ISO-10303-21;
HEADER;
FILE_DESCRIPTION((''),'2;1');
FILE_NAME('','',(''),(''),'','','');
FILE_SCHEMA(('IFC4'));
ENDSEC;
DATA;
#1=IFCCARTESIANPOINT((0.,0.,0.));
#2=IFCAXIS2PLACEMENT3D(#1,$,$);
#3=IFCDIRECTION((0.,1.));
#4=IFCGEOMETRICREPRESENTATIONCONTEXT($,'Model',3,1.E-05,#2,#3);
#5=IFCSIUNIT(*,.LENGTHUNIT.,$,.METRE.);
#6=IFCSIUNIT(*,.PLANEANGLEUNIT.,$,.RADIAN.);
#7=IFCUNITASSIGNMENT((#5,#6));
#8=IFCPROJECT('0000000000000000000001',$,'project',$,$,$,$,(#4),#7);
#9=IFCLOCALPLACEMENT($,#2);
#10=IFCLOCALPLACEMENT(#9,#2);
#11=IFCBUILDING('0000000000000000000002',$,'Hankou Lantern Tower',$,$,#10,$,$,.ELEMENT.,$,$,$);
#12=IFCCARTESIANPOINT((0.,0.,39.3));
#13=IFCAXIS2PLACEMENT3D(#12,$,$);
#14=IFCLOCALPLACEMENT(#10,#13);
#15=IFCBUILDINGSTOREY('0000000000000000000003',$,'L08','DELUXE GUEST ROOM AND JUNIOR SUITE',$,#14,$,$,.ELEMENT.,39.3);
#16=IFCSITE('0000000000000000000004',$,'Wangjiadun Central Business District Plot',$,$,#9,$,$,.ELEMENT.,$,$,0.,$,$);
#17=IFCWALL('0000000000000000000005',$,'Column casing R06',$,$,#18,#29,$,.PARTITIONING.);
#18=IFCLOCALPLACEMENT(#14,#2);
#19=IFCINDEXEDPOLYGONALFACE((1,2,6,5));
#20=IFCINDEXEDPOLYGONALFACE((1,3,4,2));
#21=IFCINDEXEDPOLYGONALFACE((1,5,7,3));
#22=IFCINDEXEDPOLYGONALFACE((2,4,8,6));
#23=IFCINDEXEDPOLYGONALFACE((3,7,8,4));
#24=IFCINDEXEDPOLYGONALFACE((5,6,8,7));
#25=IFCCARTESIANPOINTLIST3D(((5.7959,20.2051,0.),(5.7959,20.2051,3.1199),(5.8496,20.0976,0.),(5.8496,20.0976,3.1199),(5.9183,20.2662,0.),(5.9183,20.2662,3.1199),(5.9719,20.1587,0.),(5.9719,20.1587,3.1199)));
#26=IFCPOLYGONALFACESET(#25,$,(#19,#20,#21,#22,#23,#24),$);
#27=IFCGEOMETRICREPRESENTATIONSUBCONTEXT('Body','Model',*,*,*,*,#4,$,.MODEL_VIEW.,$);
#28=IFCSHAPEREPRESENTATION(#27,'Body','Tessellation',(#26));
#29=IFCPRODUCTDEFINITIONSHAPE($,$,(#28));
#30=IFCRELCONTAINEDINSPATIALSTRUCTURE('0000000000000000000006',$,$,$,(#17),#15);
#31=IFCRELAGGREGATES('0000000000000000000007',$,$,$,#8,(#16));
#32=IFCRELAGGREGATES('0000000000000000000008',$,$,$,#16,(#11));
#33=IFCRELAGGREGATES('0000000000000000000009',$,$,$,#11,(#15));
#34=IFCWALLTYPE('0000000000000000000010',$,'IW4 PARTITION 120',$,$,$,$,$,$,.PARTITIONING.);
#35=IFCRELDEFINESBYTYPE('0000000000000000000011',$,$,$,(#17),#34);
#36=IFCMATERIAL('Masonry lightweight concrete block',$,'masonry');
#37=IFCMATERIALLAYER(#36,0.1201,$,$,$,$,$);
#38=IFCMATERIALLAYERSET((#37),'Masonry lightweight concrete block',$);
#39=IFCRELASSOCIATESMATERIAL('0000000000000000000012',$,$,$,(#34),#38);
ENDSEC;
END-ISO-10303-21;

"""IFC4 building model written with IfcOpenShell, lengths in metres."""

from ifc_helpers import new_model, si_unit, direction, frame, frame_2d, origin, place, context, subcontext, project, spatial, rectangle, extrude, material, layer, layer_set, type_object, element, save


model = new_model("IFC4")

# Units and contexts
model_context = context("Model", 3, precision=1e-05, world=origin(), true_north=direction((0.0, 1.0)))
body_context = subcontext(model_context, "Body", "Model", "MODEL_VIEW")
ifc_project = project(units=[si_unit("LENGTHUNIT", "METRE"), si_unit("PLANEANGLEUNIT", "RADIAN")], contexts=[model_context])

# Site, building, storey
site_placement = place(None, origin())
site = spatial("IfcSite", under=ifc_project, at=site_placement, Name="Wangjiadun Central Business District Plot", CompositionType="ELEMENT", RefElevation=0.0)
building_placement = place(site_placement, origin())
building = spatial("IfcBuilding", under=site, at=building_placement, Name="Hankou Lantern Tower", CompositionType="ELEMENT")
storey_placement = place(building_placement, frame((0.0, 0.0, 39.3)))
storey = spatial("IfcBuildingStorey", under=building, at=storey_placement, Name="L08", Description="DELUXE GUEST ROOM AND JUNIOR SUITE", CompositionType="ELEMENT", Elevation=39.3)

# Wall
ifc_material_1 = material(Name="Masonry lightweight concrete block", Category="masonry")
ifc_layer_1 = layer(ifc_material_1, 0.1201)
ifc_layer_set_1 = layer_set([ifc_layer_1], Name="Masonry lightweight concrete block")
wall_type_1 = type_object("IfcWallType", Name="IW4 PARTITION 120", PredefinedType="PARTITIONING", material=ifc_layer_set_1)
wall_1_placement = place(storey_placement, frame((5.8228, 20.1514, 0.0), z_axis=(0.0, 0.0, 1.0), x_axis=(0.894784, 0.446499, 0.0)))
element("IfcWall", 1, at=wall_1_placement, inside=storey, type_object=wall_type_1, Name="Column casing R06", PredefinedType="PARTITIONING", context=body_context, shape_type="SweptSolid", body=[
    extrude(rectangle(XDim=0.1367, YDim=0.1201, at=frame_2d((0.0684, 0.0))), origin(), (0.0, 0.0, 1.0), 3.1199),
])

save(model, "model.ifc")
